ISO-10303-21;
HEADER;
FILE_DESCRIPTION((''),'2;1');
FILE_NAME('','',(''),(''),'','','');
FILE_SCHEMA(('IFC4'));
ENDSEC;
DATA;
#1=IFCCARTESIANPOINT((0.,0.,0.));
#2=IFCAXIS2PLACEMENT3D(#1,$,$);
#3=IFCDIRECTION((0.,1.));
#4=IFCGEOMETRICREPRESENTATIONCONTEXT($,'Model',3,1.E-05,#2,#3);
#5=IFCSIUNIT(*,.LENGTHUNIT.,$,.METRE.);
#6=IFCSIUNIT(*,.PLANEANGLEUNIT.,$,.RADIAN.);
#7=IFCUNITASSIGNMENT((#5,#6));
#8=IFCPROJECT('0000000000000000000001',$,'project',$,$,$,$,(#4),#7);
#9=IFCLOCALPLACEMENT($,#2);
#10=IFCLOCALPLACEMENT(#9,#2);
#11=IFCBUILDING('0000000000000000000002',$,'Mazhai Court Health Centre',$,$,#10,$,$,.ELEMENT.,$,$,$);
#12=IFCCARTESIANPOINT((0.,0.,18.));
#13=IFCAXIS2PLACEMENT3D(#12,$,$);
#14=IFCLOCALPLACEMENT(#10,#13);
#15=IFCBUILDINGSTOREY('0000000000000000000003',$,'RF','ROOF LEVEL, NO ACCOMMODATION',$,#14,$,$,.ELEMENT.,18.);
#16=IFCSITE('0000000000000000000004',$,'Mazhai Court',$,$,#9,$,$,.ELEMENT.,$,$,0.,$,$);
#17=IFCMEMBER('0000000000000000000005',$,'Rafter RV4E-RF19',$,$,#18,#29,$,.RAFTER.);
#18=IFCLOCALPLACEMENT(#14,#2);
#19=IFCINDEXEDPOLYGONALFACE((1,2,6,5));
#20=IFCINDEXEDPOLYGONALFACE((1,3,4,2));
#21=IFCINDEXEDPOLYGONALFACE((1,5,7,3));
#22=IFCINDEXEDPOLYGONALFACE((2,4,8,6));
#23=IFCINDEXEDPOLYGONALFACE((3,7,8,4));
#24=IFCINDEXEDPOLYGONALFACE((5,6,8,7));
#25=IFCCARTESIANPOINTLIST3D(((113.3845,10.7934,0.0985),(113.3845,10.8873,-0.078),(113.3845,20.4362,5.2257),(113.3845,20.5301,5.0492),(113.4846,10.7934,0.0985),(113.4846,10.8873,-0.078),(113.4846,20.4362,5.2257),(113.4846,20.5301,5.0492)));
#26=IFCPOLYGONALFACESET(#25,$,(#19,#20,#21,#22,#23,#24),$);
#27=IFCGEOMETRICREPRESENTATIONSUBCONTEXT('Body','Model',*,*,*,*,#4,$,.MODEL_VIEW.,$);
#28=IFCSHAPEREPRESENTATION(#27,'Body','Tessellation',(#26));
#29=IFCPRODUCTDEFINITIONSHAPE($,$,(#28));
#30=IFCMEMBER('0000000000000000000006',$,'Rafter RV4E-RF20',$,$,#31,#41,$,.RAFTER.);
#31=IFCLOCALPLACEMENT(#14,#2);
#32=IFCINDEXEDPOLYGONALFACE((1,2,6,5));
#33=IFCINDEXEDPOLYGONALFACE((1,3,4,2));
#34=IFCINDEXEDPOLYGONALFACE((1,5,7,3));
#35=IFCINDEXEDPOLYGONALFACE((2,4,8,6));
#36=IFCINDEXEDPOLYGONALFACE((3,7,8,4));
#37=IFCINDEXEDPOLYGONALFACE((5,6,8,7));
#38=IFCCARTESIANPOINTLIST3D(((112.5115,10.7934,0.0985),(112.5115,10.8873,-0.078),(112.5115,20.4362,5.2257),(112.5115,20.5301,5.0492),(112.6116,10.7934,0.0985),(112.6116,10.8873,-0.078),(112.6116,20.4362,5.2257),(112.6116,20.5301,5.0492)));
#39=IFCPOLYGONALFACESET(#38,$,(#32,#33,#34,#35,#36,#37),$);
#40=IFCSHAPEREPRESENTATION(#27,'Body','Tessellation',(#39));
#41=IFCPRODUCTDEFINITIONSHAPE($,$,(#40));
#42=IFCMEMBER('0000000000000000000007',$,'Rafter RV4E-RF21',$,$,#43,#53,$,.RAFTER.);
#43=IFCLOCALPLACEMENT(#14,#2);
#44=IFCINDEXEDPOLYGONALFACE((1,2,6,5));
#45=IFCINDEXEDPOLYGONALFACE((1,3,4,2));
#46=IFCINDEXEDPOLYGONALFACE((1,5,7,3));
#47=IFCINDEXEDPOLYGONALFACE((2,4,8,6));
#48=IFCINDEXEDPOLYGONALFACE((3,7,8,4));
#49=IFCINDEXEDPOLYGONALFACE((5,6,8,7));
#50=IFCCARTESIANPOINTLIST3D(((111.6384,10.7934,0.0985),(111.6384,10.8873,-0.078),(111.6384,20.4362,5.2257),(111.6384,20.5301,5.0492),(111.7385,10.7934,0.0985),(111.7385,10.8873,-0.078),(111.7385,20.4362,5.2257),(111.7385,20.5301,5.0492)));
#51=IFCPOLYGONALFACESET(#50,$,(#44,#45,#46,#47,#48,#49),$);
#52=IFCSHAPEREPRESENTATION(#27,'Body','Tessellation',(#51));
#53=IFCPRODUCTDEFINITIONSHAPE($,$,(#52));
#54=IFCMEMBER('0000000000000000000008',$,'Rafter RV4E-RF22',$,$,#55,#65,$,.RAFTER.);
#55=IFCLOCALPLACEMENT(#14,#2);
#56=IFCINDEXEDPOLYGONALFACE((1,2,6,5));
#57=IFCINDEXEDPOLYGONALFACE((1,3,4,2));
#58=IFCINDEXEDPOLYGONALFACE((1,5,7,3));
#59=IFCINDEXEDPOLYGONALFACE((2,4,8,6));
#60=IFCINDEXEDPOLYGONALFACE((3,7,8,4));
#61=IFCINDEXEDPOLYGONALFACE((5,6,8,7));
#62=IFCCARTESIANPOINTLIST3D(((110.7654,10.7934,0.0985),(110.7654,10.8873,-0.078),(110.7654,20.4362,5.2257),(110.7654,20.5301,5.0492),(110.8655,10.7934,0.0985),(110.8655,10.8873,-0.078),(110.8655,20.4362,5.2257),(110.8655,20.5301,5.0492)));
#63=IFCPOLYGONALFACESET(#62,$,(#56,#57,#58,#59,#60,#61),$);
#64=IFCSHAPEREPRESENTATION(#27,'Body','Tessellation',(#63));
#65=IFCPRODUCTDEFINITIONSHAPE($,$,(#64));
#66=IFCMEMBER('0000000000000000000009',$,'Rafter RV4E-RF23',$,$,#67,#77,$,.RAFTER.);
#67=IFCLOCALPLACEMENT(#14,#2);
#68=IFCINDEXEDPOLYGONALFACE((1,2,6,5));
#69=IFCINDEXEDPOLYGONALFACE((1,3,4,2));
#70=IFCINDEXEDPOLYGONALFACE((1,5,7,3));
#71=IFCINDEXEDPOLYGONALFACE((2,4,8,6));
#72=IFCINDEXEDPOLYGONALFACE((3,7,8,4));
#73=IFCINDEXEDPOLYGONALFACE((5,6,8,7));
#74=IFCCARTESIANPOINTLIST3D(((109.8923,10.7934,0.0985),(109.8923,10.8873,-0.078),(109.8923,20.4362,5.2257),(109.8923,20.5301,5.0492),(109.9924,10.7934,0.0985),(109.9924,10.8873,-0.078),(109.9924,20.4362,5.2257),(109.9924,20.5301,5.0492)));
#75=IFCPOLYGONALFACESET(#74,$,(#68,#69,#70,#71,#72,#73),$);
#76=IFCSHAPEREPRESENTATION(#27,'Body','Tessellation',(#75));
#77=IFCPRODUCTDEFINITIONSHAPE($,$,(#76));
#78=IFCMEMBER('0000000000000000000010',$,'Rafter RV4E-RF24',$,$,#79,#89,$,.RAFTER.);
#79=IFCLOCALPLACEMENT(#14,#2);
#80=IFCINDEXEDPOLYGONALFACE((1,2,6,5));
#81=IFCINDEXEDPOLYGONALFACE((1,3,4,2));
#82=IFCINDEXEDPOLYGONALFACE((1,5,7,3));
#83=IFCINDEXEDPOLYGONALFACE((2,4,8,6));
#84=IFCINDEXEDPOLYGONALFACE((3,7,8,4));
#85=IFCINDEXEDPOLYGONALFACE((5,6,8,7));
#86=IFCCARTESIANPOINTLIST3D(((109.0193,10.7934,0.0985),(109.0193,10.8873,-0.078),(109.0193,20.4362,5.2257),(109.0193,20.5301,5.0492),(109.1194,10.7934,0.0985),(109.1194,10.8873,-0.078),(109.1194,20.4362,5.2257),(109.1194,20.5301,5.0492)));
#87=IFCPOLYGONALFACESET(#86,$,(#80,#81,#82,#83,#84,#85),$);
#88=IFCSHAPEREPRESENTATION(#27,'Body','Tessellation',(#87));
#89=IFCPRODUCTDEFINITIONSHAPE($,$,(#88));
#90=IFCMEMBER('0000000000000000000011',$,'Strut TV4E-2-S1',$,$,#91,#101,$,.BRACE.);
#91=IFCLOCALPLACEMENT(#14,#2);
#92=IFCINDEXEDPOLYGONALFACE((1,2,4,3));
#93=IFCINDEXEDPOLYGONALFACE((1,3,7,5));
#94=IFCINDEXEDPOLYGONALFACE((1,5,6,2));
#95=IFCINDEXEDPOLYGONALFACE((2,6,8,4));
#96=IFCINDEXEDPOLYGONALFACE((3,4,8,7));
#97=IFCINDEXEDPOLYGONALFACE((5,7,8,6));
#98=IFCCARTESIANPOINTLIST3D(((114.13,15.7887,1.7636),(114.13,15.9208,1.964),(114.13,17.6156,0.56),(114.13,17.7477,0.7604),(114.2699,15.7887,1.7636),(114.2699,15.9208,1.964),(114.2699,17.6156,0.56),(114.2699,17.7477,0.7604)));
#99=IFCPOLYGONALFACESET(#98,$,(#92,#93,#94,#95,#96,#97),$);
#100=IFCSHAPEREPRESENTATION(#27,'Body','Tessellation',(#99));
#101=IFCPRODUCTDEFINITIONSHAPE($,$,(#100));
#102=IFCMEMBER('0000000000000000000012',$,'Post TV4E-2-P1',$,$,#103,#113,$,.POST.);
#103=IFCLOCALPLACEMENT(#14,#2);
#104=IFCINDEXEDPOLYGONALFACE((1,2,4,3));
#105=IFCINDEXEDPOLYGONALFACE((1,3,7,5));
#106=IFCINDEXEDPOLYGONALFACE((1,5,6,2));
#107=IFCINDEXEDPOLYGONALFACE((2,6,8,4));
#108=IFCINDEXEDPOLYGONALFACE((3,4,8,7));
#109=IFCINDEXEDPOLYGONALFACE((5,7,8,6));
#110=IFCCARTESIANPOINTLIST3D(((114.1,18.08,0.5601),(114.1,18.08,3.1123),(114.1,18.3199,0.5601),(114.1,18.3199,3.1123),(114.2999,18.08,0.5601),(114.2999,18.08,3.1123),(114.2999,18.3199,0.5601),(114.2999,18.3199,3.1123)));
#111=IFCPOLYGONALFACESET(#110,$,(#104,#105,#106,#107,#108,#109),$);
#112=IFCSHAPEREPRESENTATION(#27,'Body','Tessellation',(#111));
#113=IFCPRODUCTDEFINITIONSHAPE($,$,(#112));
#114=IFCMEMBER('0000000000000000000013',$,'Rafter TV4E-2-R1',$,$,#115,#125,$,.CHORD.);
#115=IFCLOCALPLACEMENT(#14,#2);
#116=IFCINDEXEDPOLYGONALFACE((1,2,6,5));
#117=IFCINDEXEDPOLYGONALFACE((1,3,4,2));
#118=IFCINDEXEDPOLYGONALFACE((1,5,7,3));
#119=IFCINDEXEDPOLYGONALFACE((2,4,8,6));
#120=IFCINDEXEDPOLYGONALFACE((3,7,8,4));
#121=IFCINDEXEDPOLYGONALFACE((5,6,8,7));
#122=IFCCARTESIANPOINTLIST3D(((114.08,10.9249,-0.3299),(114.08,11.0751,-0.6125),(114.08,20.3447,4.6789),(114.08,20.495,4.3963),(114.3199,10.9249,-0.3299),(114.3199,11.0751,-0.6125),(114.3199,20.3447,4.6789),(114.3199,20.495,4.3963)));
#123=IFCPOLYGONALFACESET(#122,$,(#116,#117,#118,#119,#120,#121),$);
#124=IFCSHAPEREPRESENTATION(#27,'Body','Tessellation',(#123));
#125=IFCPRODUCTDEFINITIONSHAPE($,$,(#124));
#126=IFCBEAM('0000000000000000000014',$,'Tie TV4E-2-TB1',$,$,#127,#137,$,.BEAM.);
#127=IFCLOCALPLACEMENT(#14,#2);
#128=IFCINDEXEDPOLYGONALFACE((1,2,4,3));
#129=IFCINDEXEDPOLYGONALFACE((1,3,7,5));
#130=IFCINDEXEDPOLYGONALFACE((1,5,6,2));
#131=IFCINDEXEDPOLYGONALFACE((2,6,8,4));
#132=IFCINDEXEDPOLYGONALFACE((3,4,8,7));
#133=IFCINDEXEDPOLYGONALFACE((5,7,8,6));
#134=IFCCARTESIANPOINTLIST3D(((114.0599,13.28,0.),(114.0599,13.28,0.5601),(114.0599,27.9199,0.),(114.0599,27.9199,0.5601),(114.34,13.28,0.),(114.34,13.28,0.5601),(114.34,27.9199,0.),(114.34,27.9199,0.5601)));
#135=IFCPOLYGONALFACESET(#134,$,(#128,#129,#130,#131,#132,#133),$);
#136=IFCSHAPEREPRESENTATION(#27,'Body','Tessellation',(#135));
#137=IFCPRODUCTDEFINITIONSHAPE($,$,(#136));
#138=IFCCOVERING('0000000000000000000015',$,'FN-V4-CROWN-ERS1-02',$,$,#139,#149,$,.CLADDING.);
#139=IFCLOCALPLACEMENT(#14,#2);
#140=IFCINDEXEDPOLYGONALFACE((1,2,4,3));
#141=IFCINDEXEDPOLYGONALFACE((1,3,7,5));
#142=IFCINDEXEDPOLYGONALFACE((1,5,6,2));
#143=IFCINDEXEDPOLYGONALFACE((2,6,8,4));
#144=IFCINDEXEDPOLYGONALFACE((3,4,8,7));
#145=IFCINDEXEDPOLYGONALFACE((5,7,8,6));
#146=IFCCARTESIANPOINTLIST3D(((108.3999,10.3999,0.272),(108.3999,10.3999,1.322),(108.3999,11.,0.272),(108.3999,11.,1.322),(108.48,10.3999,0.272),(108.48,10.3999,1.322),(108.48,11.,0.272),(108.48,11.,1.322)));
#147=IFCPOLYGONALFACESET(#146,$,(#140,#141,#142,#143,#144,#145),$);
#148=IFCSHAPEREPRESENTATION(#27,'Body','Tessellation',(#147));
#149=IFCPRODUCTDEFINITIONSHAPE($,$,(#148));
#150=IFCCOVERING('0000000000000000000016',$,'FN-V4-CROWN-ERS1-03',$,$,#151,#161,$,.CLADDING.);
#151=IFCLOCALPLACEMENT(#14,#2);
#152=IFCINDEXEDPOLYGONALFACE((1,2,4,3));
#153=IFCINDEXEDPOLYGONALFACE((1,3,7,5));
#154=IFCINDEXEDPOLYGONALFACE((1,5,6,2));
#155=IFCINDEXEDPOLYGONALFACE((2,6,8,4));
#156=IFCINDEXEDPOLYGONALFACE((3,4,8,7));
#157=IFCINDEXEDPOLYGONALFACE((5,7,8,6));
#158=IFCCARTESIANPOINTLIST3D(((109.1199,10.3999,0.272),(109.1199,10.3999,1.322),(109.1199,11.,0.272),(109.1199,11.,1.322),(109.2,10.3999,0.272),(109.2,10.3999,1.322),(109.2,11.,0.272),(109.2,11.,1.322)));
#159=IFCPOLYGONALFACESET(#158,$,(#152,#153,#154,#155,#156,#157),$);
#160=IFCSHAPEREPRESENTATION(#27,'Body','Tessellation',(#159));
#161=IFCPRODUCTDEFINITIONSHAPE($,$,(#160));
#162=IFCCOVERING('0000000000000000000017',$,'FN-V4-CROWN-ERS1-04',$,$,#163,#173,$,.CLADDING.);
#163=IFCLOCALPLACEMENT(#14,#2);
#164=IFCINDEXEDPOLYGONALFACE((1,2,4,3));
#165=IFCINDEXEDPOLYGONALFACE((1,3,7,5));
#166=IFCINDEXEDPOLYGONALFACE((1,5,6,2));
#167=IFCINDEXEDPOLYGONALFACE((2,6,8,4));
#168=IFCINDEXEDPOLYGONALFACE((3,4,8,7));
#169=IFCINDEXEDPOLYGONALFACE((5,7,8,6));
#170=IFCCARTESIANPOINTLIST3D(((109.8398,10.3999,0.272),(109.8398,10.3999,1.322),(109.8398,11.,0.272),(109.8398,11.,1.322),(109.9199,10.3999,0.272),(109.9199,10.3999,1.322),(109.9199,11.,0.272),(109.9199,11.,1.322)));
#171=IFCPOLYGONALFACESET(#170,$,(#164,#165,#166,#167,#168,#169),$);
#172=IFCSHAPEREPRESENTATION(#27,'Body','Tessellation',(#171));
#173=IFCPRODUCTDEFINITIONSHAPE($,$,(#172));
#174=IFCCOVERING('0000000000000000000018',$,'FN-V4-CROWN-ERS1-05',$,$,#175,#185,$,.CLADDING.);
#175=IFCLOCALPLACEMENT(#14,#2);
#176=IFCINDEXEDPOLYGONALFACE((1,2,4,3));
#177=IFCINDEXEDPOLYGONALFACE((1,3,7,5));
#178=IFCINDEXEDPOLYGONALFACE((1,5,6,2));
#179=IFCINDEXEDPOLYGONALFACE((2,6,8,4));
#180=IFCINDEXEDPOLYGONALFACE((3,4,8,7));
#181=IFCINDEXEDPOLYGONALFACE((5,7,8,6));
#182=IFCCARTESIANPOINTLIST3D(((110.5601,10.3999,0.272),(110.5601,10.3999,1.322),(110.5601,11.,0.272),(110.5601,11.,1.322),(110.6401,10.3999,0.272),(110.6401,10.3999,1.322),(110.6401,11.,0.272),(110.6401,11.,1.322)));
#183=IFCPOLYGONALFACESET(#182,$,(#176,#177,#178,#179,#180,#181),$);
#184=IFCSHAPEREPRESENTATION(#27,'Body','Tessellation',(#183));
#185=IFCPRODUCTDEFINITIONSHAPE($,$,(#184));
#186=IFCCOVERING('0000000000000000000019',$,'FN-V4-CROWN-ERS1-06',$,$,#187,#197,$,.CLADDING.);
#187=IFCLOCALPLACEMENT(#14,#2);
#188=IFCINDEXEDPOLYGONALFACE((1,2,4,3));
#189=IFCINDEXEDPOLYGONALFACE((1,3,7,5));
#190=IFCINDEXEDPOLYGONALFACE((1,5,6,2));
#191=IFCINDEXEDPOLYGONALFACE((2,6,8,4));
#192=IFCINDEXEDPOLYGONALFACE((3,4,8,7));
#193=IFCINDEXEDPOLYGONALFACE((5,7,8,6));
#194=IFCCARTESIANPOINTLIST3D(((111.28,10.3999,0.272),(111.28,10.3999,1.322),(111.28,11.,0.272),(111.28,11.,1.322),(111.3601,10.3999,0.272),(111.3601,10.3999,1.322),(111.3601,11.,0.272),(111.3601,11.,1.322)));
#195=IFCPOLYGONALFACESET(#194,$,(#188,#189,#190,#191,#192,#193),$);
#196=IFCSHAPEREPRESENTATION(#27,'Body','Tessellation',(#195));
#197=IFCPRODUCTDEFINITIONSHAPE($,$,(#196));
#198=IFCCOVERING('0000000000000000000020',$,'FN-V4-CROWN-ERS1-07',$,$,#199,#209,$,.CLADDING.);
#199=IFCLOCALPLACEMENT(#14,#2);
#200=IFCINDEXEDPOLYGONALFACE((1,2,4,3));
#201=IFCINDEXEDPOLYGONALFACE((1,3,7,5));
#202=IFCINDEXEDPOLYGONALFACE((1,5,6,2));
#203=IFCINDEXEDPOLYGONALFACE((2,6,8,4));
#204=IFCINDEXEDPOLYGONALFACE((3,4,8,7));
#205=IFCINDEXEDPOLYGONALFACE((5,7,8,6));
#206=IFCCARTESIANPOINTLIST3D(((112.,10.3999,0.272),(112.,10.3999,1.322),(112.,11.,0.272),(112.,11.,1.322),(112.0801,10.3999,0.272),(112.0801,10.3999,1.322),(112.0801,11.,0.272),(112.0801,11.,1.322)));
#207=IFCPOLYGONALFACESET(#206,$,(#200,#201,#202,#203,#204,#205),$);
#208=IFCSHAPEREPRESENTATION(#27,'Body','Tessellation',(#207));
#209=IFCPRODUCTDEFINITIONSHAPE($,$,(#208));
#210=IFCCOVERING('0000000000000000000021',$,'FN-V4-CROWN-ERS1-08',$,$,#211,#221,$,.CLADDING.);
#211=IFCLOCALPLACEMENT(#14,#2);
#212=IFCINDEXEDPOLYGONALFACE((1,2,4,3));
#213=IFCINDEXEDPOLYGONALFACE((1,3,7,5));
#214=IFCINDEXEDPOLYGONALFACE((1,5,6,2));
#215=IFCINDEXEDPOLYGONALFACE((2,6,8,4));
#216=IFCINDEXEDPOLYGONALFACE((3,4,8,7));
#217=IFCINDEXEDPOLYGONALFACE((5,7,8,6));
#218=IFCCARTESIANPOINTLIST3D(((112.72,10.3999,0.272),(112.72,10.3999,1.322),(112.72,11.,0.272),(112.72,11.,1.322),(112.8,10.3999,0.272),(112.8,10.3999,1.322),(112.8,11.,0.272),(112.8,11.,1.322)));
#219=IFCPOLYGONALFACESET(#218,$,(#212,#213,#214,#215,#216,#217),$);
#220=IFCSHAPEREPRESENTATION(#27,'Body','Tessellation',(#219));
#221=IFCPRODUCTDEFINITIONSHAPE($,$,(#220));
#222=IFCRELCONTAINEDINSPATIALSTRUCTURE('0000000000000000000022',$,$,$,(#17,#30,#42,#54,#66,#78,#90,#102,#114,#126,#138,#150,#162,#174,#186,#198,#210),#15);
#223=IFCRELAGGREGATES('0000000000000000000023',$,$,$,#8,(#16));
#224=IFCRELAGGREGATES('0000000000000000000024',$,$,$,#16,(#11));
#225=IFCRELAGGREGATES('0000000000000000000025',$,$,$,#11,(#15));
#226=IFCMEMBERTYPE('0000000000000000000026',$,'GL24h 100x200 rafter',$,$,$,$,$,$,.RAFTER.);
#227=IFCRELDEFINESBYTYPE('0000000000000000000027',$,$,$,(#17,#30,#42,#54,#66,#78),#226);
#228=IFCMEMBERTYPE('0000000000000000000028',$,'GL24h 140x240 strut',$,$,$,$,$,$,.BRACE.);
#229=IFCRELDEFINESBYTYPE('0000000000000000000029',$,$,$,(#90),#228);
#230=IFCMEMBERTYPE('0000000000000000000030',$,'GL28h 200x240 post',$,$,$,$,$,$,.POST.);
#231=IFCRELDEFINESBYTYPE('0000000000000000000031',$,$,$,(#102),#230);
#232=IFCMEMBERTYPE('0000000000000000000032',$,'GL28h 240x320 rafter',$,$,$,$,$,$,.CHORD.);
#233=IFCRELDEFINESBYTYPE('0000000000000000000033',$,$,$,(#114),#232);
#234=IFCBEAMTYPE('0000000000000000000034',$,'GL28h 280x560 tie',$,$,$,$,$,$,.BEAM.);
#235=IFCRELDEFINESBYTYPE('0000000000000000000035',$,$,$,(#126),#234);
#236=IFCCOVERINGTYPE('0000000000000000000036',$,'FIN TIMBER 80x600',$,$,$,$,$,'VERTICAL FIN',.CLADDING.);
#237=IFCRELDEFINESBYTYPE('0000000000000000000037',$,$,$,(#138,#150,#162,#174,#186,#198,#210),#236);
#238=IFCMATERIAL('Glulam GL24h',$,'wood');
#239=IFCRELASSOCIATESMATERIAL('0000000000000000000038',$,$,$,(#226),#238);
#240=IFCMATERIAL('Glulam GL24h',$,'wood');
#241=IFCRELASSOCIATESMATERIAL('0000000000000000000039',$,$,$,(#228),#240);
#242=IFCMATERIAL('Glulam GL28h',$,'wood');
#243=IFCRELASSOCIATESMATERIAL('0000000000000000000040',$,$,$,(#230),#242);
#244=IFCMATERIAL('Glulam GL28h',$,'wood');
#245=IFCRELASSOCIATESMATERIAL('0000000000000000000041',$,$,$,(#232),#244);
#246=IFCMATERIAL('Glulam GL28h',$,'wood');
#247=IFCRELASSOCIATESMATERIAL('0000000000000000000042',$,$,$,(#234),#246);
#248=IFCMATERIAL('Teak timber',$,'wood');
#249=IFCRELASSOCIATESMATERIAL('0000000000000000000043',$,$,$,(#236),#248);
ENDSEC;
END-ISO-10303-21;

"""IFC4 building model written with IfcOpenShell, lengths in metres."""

from ifc_helpers import new_model, si_unit, direction, frame, origin, origin_2d, place, context, subcontext, project, spatial, rectangle, extrude, material, material_profile, profile_set, type_object, element, save


model = new_model("IFC4")

# Units and contexts
model_context = context("Model", 3, precision=1e-05, world=origin(), true_north=direction((0.0, 1.0)))
body_context = subcontext(model_context, "Body", "Model", "MODEL_VIEW")
ifc_project = project(units=[si_unit("LENGTHUNIT", "METRE"), si_unit("PLANEANGLEUNIT", "RADIAN")], contexts=[model_context])

# Site, building, storey
site_placement = place(None, origin())
site = spatial("IfcSite", under=ifc_project, at=site_placement, Name="Mazhai Court", CompositionType="ELEMENT", RefElevation=0.0)
building_placement = place(site_placement, origin())
building = spatial("IfcBuilding", under=site, at=building_placement, Name="Mazhai Court Health Centre", CompositionType="ELEMENT")
storey_placement = place(building_placement, frame((0.0, 0.0, 18.0)))
storey = spatial("IfcBuildingStorey", under=building, at=storey_placement, Name="RF", Description="ROOF LEVEL, NO ACCOMMODATION", CompositionType="ELEMENT", Elevation=18.0)

# Members
ifc_material_1 = material(Name="Glulam GL24h", Category="wood")
ifc_material_profile_1 = material_profile(ifc_material_1, rectangle(XDim=0.1001, YDim=0.2, at=origin_2d()), Name="GL24h 100x200")
ifc_profile_set_1 = profile_set([ifc_material_profile_1], Name="Glulam GL24h")
member_type_1 = type_object("IfcMemberType", Name="GL24h 100x200 rafter", PredefinedType="RAFTER", material=ifc_profile_set_1)
for number, where, z_axis, x_axis, name in (
    (1, (113.4346, 10.8403, 0.0103), (0.0, 0.882947, 0.469473), (-1.0, 0.0, 0.0), "Rafter RV4E-RF19"),
    (2, (112.5615, 10.8403, 0.0103), (0.0, 0.882947, 0.469473), (-1.0, 0.0, 0.0), "Rafter RV4E-RF20"),
    (3, (111.6885, 10.8403, 0.0103), (0.0, 0.882947, 0.469473), (-1.0, 0.0, 0.0), "Rafter RV4E-RF21"),
    (4, (110.8154, 10.8403, 0.0103), (0.0, 0.882947, 0.469473), (-1.0, 0.0, 0.0), "Rafter RV4E-RF22"),
    (5, (109.9424, 10.8403, 0.0103), (0.0, 0.882947, 0.469473), (-1.0, 0.0, 0.0), "Rafter RV4E-RF23"),
    (6, (109.0693, 10.8403, 0.0103), (0.0, 0.882947, 0.469473), (-1.0, 0.0, 0.0), "Rafter RV4E-RF24"),
):
    element("IfcMember", number, at=place(storey_placement, frame(where, z_axis=z_axis, x_axis=x_axis)), inside=storey, type_object=member_type_1, Name=name, PredefinedType="RAFTER", context=body_context, shape_type="SweptSolid", body=[
        extrude(rectangle(XDim=0.1001, YDim=0.2, at=origin_2d()), origin(), (0.0, 0.0, 1.0), 10.9211),
    ])
ifc_material_2 = material(Name="Glulam GL24h", Category="wood")
ifc_material_profile_2 = material_profile(ifc_material_2, rectangle(XDim=0.1399, YDim=0.24, at=origin_2d()), Name="GL24h 140x240")
ifc_profile_set_2 = profile_set([ifc_material_profile_2], Name="Glulam GL24h")
member_type_2 = type_object("IfcMemberType", Name="GL24h 140x240 strut", PredefinedType="BRACE", material=ifc_profile_set_2)
member_1_placement = place(storey_placement, frame((114.2, 17.6816, 0.6602), z_axis=(0.0, -0.83506, 0.55016), x_axis=(1.0, 0.0, 0.0)))
element("IfcMember", 7, at=member_1_placement, inside=storey, type_object=member_type_2, Name="Strut TV4E-2-S1", PredefinedType="BRACE", context=body_context, shape_type="SweptSolid", body=[
    extrude(rectangle(XDim=0.1399, YDim=0.24, at=origin_2d()), origin(), (0.0, 0.0, 1.0), 2.1877),
])
ifc_material_3 = material(Name="Glulam GL28h", Category="wood")
ifc_material_profile_3 = material_profile(ifc_material_3, rectangle(XDim=0.2, YDim=0.24, at=origin_2d()), Name="GL28h 200x240")
ifc_profile_set_3 = profile_set([ifc_material_profile_3], Name="Glulam GL28h")
member_type_3 = type_object("IfcMemberType", Name="GL28h 200x240 post", PredefinedType="POST", material=ifc_profile_set_3)
member_2_placement = place(storey_placement, frame((114.2, 18.2, 0.5601), z_axis=(0.0, 0.0, 1.0), x_axis=(1.0, 0.0, 0.0)))
element("IfcMember", 8, at=member_2_placement, inside=storey, type_object=member_type_3, Name="Post TV4E-2-P1", PredefinedType="POST", context=body_context, shape_type="SweptSolid", body=[
    extrude(rectangle(XDim=0.2, YDim=0.24, at=origin_2d()), origin(), (0.0, 0.0, 1.0), 2.5522),
])
ifc_material_4 = material(Name="Glulam GL28h", Category="wood")
ifc_material_profile_4 = material_profile(ifc_material_4, rectangle(XDim=0.24, YDim=0.3201, at=origin_2d()), Name="GL28h 240x320")
ifc_profile_set_4 = profile_set([ifc_material_profile_4], Name="Glulam GL28h")
member_type_4 = type_object("IfcMemberType", Name="GL28h 240x320 rafter", PredefinedType="CHORD", material=ifc_profile_set_4)
member_3_placement = place(storey_placement, frame((114.2, 11.0, -0.4712), z_axis=(0.0, 0.882943, 0.469481), x_axis=(-1.0, 0.0, 0.0)))
element("IfcMember", 9, at=member_3_placement, inside=storey, type_object=member_type_4, Name="Rafter TV4E-2-R1", PredefinedType="CHORD", context=body_context, shape_type="SweptSolid", body=[
    extrude(rectangle(XDim=0.24, YDim=0.3201, at=origin_2d()), origin(), (0.0, 0.0, 1.0), 10.6687),
])

# Beam
ifc_material_5 = material(Name="Glulam GL28h", Category="wood")
ifc_material_profile_5 = material_profile(ifc_material_5, rectangle(XDim=0.28, YDim=0.5601, at=origin_2d()), Name="GL28h 280x560")
ifc_profile_set_5 = profile_set([ifc_material_profile_5], Name="Glulam GL28h")
beam_type = type_object("IfcBeamType", Name="GL28h 280x560 tie", PredefinedType="BEAM", material=ifc_profile_set_5)
beam_placement = place(storey_placement, frame((114.2, 13.28, 0.28), z_axis=(0.0, 1.0, 0.0), x_axis=(-1.0, 0.0, 0.0)))
element("IfcBeam", 10, at=beam_placement, inside=storey, type_object=beam_type, Name="Tie TV4E-2-TB1", PredefinedType="BEAM", context=body_context, shape_type="SweptSolid", body=[
    extrude(rectangle(XDim=0.28, YDim=0.5601, at=origin_2d()), origin(), (0.0, 0.0, 1.0), 14.6399),
])

# Coverings
ifc_material_6 = material(Name="Teak timber", Category="wood")
covering_type = type_object("IfcCoveringType", Name="FIN TIMBER 80x600", ElementType="VERTICAL FIN", PredefinedType="CLADDING", material=ifc_material_6)
for number, where, z_axis, x_axis, name in (
    (11, (108.4399, 10.7, 0.272), (0.0, 0.0, 1.0), (1.0, 0.0, 0.0), "FN-V4-CROWN-ERS1-02"),
    (12, (109.1599, 10.7, 0.272), (0.0, 0.0, 1.0), (1.0, 0.0, 0.0), "FN-V4-CROWN-ERS1-03"),
    (13, (109.8799, 10.7, 0.272), (0.0, 0.0, 1.0), (1.0, 0.0, 0.0), "FN-V4-CROWN-ERS1-04"),
    (14, (110.6001, 10.7, 0.272), (0.0, 0.0, 1.0), (1.0, 0.0, 0.0), "FN-V4-CROWN-ERS1-05"),
    (15, (111.3201, 10.7, 0.272), (0.0, 0.0, 1.0), (1.0, 0.0, 0.0), "FN-V4-CROWN-ERS1-06"),
    (16, (112.04, 10.7, 0.272), (0.0, 0.0, 1.0), (1.0, 0.0, 0.0), "FN-V4-CROWN-ERS1-07"),
    (17, (112.76, 10.7, 0.272), (0.0, 0.0, 1.0), (1.0, 0.0, 0.0), "FN-V4-CROWN-ERS1-08"),
):
    element("IfcCovering", number, at=place(storey_placement, frame(where, z_axis=z_axis, x_axis=x_axis)), inside=storey, type_object=covering_type, Name=name, PredefinedType="CLADDING", context=body_context, shape_type="SweptSolid", body=[
        extrude(rectangle(XDim=0.0801, YDim=0.6001, at=origin_2d()), origin(), (0.0, 0.0, 1.0), 1.05),
    ])

save(model, "model.ifc")
